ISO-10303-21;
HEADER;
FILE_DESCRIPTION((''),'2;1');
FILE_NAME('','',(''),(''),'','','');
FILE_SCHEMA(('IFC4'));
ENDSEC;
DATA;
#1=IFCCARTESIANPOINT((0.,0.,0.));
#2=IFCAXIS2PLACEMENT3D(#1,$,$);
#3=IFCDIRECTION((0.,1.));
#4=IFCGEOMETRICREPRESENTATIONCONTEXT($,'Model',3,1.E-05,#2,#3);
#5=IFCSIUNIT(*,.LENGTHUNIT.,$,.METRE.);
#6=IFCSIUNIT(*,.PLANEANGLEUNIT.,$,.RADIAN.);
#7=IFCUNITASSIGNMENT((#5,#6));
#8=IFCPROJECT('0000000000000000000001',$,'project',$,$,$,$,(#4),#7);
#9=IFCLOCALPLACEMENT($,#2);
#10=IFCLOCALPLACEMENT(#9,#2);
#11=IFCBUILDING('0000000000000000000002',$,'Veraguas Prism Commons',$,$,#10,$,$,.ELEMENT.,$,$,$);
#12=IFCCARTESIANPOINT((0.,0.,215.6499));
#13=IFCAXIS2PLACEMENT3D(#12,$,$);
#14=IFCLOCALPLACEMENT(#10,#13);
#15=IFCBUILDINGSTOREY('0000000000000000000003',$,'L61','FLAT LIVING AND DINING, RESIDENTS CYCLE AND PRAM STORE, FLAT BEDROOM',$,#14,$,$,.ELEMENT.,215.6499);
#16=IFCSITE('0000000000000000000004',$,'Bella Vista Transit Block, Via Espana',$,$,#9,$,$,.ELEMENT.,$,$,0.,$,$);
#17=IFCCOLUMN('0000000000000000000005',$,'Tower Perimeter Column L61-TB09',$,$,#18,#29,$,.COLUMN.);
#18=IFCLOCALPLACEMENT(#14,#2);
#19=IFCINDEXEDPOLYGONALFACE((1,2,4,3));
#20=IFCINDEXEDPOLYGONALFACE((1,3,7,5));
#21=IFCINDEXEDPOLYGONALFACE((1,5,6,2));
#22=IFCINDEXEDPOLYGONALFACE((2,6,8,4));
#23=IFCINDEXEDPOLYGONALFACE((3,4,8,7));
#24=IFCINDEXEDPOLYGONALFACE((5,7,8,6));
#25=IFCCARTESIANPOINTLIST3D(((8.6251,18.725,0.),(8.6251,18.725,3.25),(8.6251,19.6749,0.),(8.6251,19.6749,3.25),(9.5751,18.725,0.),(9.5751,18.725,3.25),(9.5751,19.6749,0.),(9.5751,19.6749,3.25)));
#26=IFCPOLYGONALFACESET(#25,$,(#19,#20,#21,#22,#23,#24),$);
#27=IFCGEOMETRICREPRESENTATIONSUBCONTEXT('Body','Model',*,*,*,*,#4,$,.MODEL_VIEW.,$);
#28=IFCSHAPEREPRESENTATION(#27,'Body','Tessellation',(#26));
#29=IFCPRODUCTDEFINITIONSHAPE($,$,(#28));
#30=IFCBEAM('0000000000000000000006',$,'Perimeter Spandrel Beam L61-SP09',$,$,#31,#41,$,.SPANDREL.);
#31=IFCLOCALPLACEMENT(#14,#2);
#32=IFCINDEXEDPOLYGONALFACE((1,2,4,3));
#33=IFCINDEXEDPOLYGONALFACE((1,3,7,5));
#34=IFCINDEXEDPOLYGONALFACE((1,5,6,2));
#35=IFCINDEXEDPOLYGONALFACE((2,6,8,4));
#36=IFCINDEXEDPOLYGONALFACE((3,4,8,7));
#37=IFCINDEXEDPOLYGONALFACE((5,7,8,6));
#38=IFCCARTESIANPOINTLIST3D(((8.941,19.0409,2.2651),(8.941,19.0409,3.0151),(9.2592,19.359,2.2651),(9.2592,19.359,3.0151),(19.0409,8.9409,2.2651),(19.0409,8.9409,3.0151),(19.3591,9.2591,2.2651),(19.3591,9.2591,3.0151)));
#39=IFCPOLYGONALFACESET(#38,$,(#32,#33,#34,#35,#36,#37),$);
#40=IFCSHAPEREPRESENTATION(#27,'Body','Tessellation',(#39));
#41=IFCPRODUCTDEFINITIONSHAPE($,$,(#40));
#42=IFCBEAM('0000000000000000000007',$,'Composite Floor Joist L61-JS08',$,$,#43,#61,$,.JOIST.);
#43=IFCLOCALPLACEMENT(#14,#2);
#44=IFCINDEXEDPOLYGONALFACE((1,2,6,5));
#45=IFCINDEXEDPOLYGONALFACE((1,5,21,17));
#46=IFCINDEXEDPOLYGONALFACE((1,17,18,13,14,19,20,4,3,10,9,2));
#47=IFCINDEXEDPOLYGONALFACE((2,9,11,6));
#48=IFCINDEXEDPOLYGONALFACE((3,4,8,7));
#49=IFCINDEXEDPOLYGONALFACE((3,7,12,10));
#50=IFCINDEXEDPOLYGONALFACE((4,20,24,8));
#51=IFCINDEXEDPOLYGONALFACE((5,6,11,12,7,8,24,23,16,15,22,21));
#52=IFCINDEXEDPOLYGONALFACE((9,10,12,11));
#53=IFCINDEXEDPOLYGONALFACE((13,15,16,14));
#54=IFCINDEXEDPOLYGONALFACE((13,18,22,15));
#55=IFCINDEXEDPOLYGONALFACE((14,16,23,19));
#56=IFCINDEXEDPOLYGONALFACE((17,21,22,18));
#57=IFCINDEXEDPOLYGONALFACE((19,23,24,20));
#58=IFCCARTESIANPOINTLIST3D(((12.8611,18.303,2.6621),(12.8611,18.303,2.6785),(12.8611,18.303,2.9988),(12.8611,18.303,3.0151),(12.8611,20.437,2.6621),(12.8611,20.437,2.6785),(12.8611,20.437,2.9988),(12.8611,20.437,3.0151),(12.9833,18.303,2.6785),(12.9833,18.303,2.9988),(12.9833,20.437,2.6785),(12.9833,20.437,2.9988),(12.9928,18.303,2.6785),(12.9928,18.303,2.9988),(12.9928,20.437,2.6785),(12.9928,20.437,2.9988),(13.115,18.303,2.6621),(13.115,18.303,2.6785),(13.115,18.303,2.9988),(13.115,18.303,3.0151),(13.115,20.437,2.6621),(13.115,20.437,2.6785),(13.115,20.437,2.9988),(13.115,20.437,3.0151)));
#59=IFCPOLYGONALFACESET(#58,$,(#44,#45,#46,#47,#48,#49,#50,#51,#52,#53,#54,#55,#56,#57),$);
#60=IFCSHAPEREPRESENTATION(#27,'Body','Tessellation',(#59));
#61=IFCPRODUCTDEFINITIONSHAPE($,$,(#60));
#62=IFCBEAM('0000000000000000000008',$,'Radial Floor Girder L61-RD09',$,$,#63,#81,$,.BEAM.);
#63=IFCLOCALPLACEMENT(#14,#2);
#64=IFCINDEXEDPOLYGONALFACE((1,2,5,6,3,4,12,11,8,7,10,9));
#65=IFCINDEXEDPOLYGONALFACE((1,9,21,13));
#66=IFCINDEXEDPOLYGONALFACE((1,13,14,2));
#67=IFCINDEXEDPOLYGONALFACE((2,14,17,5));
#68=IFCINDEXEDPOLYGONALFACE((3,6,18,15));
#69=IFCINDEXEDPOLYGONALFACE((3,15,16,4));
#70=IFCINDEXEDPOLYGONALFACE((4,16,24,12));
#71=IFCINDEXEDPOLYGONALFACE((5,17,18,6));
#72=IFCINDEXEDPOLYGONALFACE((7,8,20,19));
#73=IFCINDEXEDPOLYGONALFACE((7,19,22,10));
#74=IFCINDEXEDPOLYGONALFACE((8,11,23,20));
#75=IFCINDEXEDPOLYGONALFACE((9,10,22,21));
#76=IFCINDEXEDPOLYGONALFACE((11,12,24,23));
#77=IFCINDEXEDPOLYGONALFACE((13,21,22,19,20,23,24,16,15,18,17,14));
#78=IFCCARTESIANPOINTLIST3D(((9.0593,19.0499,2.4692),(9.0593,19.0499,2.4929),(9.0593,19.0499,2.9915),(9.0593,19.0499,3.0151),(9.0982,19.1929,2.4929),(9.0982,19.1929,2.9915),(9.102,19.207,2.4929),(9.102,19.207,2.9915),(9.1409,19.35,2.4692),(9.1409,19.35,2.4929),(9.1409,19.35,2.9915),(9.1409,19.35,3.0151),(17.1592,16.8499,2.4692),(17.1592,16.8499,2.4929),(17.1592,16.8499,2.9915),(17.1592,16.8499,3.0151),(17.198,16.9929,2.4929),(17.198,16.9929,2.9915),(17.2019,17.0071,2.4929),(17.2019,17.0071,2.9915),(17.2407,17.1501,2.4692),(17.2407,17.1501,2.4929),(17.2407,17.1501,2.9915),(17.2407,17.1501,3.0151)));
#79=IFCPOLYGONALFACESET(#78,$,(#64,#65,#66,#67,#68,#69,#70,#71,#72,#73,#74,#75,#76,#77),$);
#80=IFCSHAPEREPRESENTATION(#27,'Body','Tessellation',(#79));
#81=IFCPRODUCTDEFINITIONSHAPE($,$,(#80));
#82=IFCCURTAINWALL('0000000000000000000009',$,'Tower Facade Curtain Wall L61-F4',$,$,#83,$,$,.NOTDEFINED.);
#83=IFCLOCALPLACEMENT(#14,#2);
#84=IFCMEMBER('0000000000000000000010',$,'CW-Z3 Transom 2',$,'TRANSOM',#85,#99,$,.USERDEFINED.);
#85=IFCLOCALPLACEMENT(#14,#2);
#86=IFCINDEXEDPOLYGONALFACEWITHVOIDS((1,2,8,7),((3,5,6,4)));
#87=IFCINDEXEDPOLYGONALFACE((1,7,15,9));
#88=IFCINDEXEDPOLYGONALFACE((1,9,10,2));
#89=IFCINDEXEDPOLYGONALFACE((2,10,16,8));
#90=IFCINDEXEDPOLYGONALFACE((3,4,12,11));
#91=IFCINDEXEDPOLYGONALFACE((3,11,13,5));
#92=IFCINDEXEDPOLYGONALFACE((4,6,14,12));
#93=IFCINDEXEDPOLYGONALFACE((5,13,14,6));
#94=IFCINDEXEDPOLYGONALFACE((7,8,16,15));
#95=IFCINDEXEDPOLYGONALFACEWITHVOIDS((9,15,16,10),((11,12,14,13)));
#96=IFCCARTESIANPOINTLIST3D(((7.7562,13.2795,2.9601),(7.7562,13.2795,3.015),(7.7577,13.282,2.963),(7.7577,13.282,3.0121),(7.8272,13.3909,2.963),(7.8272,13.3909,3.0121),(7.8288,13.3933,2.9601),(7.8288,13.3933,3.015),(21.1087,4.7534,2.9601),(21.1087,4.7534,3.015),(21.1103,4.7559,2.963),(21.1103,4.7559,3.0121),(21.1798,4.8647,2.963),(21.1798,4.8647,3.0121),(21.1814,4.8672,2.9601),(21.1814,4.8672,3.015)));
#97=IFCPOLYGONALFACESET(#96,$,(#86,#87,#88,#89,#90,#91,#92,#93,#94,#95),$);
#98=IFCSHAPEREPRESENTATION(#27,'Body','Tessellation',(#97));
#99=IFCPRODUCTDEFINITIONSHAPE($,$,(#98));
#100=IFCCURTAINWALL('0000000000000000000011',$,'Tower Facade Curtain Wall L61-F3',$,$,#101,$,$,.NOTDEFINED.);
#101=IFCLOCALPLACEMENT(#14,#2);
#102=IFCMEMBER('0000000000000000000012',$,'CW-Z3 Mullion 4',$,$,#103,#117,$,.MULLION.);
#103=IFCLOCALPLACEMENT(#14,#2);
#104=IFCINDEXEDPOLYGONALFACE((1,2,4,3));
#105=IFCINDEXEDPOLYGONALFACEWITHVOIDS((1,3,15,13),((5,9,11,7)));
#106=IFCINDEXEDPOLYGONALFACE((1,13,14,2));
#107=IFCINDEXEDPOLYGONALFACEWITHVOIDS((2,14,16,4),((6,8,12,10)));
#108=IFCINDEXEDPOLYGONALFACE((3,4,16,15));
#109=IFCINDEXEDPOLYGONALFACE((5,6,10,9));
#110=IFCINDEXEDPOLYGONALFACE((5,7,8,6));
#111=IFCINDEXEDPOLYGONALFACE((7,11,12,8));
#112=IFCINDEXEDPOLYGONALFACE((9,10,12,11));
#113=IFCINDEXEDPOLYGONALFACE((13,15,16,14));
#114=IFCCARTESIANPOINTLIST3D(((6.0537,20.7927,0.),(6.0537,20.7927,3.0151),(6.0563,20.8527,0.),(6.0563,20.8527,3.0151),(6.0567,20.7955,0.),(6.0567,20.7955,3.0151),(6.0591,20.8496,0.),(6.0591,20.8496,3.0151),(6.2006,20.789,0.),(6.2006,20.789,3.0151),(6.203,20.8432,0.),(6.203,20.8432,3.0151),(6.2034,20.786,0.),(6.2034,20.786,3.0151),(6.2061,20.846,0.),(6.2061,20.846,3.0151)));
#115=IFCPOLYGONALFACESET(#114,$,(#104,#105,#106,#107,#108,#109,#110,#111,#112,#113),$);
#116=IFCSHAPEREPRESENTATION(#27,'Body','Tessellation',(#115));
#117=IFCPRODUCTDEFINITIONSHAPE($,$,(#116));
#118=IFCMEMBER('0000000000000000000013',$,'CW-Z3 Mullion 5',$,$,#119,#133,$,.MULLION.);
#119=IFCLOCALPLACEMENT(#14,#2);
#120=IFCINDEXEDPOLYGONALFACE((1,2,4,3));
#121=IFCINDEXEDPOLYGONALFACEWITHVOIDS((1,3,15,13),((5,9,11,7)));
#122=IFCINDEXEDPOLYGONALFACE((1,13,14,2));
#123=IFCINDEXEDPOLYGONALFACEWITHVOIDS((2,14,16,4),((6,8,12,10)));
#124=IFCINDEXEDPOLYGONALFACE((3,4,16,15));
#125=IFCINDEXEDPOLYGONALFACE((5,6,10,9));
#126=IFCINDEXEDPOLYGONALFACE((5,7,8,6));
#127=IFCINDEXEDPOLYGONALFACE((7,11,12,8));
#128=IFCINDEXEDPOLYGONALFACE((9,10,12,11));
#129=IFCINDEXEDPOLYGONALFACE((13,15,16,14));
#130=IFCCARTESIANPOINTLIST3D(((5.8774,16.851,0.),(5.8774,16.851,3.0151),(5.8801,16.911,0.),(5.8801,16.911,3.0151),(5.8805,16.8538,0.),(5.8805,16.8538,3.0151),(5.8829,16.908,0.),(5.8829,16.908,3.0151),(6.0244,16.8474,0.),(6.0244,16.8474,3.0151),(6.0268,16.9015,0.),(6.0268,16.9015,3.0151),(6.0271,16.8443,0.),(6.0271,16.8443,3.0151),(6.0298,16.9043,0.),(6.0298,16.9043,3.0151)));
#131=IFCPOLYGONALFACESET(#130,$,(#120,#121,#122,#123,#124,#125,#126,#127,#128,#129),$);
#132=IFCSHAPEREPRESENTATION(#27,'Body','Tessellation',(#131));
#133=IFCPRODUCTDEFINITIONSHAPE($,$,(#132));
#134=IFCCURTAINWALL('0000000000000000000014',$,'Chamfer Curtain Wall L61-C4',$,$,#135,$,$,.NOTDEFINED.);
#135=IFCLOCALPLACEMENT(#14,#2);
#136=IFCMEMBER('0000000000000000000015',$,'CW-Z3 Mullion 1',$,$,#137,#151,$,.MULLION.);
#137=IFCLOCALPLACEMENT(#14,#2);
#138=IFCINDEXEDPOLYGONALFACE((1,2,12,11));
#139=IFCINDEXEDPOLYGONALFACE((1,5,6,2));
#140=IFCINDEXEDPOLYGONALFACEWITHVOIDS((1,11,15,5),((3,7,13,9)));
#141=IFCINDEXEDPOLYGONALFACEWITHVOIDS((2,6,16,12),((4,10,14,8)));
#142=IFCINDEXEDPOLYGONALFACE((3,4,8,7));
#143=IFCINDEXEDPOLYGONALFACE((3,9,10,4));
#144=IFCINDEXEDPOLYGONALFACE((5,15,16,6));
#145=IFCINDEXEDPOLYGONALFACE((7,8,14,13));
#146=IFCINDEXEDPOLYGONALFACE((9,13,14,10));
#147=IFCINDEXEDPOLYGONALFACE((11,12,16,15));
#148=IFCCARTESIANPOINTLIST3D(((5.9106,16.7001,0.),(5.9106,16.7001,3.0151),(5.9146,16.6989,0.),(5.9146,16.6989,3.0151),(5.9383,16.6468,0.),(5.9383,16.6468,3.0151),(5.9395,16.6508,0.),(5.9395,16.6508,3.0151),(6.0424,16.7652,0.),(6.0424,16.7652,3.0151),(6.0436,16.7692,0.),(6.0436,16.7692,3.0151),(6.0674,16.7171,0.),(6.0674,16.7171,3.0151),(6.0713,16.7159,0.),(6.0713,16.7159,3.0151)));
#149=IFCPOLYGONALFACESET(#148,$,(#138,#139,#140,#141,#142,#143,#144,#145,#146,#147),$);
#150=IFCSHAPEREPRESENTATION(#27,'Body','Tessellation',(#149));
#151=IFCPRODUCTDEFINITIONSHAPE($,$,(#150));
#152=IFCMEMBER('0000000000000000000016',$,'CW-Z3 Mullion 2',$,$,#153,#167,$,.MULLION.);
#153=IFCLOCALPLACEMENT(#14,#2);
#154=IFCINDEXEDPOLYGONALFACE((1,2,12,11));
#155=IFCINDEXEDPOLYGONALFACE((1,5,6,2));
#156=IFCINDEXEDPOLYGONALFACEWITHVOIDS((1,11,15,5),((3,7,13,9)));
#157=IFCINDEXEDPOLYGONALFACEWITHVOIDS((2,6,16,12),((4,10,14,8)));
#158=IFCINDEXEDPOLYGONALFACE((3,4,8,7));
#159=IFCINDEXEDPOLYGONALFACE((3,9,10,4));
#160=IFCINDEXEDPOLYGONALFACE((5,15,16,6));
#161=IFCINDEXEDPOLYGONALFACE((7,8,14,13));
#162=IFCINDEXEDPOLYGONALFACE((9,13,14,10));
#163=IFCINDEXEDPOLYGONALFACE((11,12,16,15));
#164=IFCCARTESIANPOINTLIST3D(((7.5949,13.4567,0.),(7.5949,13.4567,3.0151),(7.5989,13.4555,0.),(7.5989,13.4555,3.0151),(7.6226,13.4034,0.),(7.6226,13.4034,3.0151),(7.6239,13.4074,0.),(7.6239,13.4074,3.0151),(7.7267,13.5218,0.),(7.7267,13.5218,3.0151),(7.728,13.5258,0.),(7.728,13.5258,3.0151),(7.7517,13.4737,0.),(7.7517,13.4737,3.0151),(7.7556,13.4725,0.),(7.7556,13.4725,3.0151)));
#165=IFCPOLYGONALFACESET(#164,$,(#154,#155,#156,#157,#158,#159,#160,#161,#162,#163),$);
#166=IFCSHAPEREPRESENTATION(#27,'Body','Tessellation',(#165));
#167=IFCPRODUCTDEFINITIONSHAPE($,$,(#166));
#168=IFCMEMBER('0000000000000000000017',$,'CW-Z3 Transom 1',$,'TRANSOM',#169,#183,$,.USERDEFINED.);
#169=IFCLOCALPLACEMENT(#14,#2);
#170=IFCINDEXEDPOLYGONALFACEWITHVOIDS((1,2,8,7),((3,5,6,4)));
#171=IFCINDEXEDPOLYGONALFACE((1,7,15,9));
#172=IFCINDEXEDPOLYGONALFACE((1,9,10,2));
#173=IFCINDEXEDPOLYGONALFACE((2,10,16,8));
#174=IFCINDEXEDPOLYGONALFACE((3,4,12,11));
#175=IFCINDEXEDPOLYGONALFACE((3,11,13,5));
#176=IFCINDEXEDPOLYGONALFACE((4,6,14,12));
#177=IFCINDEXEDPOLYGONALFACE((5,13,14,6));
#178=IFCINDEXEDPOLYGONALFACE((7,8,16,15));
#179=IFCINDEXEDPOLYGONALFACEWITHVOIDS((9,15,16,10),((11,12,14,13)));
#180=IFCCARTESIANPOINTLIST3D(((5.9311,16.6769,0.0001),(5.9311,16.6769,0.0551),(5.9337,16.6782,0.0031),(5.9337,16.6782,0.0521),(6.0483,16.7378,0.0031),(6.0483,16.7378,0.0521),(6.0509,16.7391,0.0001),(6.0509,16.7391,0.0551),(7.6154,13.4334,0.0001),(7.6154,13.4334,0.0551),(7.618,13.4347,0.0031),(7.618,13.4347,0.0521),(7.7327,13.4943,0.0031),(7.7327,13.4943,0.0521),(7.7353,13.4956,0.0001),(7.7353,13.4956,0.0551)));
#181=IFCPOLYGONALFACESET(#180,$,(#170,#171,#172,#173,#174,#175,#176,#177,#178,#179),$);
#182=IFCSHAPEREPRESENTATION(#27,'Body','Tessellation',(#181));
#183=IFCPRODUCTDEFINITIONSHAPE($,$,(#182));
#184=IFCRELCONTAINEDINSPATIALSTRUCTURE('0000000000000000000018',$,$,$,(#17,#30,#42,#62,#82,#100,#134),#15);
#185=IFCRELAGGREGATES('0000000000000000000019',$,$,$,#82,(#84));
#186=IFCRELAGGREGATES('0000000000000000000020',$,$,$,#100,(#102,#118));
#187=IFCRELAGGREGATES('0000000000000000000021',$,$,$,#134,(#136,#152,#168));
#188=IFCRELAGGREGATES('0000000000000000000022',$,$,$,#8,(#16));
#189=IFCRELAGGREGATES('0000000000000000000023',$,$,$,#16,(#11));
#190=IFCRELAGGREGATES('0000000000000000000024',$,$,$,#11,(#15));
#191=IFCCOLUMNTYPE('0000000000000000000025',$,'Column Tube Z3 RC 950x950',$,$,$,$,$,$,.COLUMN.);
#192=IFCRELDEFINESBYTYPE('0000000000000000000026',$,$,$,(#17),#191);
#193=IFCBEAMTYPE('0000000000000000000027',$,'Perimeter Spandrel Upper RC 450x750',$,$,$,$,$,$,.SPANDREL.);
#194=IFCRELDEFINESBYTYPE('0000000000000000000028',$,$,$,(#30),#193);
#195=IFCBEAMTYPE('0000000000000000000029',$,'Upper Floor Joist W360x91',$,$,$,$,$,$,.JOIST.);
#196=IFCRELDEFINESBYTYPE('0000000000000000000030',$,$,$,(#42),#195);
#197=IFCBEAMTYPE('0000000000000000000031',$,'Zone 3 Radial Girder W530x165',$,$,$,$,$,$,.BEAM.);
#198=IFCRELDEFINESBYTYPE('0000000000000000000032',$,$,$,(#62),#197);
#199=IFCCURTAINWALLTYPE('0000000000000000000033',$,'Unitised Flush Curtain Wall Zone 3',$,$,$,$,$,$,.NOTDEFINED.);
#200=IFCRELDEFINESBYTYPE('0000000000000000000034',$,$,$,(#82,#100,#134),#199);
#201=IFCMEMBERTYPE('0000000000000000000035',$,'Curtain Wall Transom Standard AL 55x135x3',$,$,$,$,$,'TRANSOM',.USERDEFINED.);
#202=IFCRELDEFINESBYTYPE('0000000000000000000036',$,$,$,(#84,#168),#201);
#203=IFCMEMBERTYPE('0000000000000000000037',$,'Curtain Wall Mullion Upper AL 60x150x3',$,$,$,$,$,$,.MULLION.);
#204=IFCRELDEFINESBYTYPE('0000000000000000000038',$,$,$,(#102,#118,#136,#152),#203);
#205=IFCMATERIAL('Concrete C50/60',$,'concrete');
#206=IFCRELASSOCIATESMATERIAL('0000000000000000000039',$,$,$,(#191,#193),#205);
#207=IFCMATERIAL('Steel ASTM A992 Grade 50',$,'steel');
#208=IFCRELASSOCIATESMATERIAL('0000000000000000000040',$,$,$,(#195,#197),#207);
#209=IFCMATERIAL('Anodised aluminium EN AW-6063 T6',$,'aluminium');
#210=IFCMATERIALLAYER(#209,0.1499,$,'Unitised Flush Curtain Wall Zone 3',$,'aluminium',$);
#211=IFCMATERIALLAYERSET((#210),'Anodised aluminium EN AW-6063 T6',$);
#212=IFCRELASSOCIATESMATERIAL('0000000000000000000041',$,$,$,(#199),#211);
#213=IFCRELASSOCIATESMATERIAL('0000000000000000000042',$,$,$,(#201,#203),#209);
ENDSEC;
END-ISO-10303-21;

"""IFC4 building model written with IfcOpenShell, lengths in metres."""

from ifc_helpers import new_model, si_unit, direction, frame, origin, origin_2d, place, context, subcontext, project, spatial, rectangle, hollow_rectangle, i_section, extrude, source, transform, mapped, material, layer, layer_set, material_profile, profile_set, type_object, element, aggregate, save


model = new_model("IFC4")

# Units and contexts
model_context = context("Model", 3, precision=1e-05, world=origin(), true_north=direction((0.0, 1.0)))
body_context = subcontext(model_context, "Body", "Model", "MODEL_VIEW")
ifc_project = project(units=[si_unit("LENGTHUNIT", "METRE"), si_unit("PLANEANGLEUNIT", "RADIAN")], contexts=[model_context])

# Site, building, storey
site_placement = place(None, origin())
site = spatial("IfcSite", under=ifc_project, at=site_placement, Name="Bella Vista Transit Block, Via Espana", CompositionType="ELEMENT", RefElevation=0.0)
building_placement = place(site_placement, origin())
building = spatial("IfcBuilding", under=site, at=building_placement, Name="Veraguas Prism Commons", CompositionType="ELEMENT")
storey_placement = place(building_placement, frame((0.0, 0.0, 215.6499)))
storey = spatial("IfcBuildingStorey", under=building, at=storey_placement, Name="L61", Description="FLAT LIVING AND DINING, RESIDENTS CYCLE AND PRAM STORE, FLAT BEDROOM", CompositionType="ELEMENT", Elevation=215.6499)

# Column
ifc_material_1 = material(Name="Concrete C50/60", Category="concrete")
ifc_material_profile_1 = material_profile(ifc_material_1, rectangle(XDim=0.95, YDim=0.95, at=origin_2d()), Name="RC950X950")
ifc_profile_set_1 = profile_set([ifc_material_profile_1], Name="Concrete C50/60")
column_type = type_object("IfcColumnType", Name="Column Tube Z3 RC 950x950", PredefinedType="COLUMN", material=ifc_profile_set_1)
column_placement = place(storey_placement, frame((9.1001, 19.2, 0.0), z_axis=(0.0, 0.0, 1.0), x_axis=(1.0, 0.0, 0.0)))
element("IfcColumn", 1, at=column_placement, inside=storey, type_object=column_type, Name="Tower Perimeter Column L61-TB09", PredefinedType="COLUMN", context=body_context, shape_type="SweptSolid", body=[
    extrude(rectangle(XDim=0.95, YDim=0.95, at=origin_2d()), origin(), (0.0, 0.0, 1.0), 3.25),
])

# Beams
ifc_material_profile_2 = material_profile(ifc_material_1, rectangle(XDim=0.45, YDim=0.75, at=origin_2d()), Name="RC450X750")
ifc_profile_set_2 = profile_set([ifc_material_profile_2], Name="Concrete C50/60")
beam_type_1 = type_object("IfcBeamType", Name="Perimeter Spandrel Upper RC 450x750", PredefinedType="SPANDREL", material=ifc_profile_set_2)
beam_1_placement = place(storey_placement, frame((9.1001, 19.2, 2.6401), z_axis=(0.707107, -0.707107, 0.0), x_axis=(0.707107, 0.707107, 0.0)))
element("IfcBeam", 2, at=beam_1_placement, inside=storey, type_object=beam_type_1, Name="Perimeter Spandrel Beam L61-SP09", PredefinedType="SPANDREL", context=body_context, shape_type="SweptSolid", body=[
    extrude(rectangle(XDim=0.45, YDim=0.75, at=origin_2d()), origin(), (0.0, 0.0, 1.0), 14.2834),
])
ifc_material_2 = material(Name="Steel ASTM A992 Grade 50", Category="steel")
ifc_material_profile_3 = material_profile(ifc_material_2, i_section(OverallWidth=0.2539, OverallDepth=0.353, WebThickness=0.0095, FlangeThickness=0.0164, at=origin_2d()), Name="W360X91")
ifc_profile_set_3 = profile_set([ifc_material_profile_3], Name="Steel ASTM A992 Grade 50")
beam_type_2 = type_object("IfcBeamType", Name="Upper Floor Joist W360x91", PredefinedType="JOIST", material=ifc_profile_set_3)
beam_2_placement = place(storey_placement, frame((12.988, 20.437, 2.8386), z_axis=(0.0, -1.0, 0.0), x_axis=(1.0, 0.0, 0.0)))
element("IfcBeam", 3, at=beam_2_placement, inside=storey, type_object=beam_type_2, Name="Composite Floor Joist L61-JS08", PredefinedType="JOIST", context=body_context, shape_type="SweptSolid", body=[
    extrude(i_section(OverallWidth=0.2539, OverallDepth=0.353, WebThickness=0.0095, FlangeThickness=0.0164, at=origin_2d()), origin(), (0.0, 0.0, 1.0), 2.134),
])
ifc_material_profile_4 = material_profile(ifc_material_2, i_section(OverallWidth=0.311, OverallDepth=0.5459, WebThickness=0.0146, FlangeThickness=0.0237, at=origin_2d()), Name="W530X165")
ifc_profile_set_4 = profile_set([ifc_material_profile_4], Name="Steel ASTM A992 Grade 50")
beam_type_3 = type_object("IfcBeamType", Name="Zone 3 Radial Girder W530x165", PredefinedType="BEAM", material=ifc_profile_set_4)
beam_3_placement = place(storey_placement, frame((9.1001, 19.2, 2.7422), z_axis=(0.965039, -0.262108, 0.0), x_axis=(0.262108, 0.965039, 0.0)))
element("IfcBeam", 4, at=beam_3_placement, inside=storey, type_object=beam_type_3, Name="Radial Floor Girder L61-RD09", PredefinedType="BEAM", context=body_context, shape_type="SweptSolid", body=[
    extrude(i_section(OverallWidth=0.311, OverallDepth=0.5459, WebThickness=0.0146, FlangeThickness=0.0237, at=origin_2d()), origin(), (0.0, 0.0, 1.0), 8.3933),
])

# Curtain wall, member
ifc_material_3 = material(Name="Anodised aluminium EN AW-6063 T6", Category="aluminium")
ifc_layer_1 = layer(ifc_material_3, 0.1499, Name="Unitised Flush Curtain Wall Zone 3", Category="aluminium")
ifc_layer_set_1 = layer_set([ifc_layer_1], Name="Anodised aluminium EN AW-6063 T6")
curtain_wall_type = type_object("IfcCurtainWallType", Name="Unitised Flush Curtain Wall Zone 3", PredefinedType="NOTDEFINED", material=ifc_layer_set_1)
curtain_wall_1_placement = place(storey_placement, origin())
curtain_wall_1 = element("IfcCurtainWall", 5, at=curtain_wall_1_placement, inside=storey, type_object=curtain_wall_type, Name="Tower Facade Curtain Wall L61-F4", PredefinedType="NOTDEFINED")
ifc_material_profile_5 = material_profile(ifc_material_3, hollow_rectangle(XDim=0.0549, YDim=0.135, WallThickness=0.0029, at=origin_2d()), Name="AL55X135X3")
ifc_profile_set_5 = profile_set([ifc_material_profile_5], Name="Anodised aluminium EN AW-6063 T6")
member_type_1 = type_object("IfcMemberType", Name="Curtain Wall Transom Standard AL 55x135x3", ElementType="TRANSOM", PredefinedType="USERDEFINED", material=ifc_profile_set_5)
shared_shape_1 = source(origin(), body_context, "Body", "SweptSolid", [
    extrude(hollow_rectangle(XDim=0.0549, YDim=0.135, WallThickness=0.0029, at=origin_2d()), origin(), (0.0, 0.0, 1.0), 15.8425),
])
member_1_placement = place(storey_placement, frame((7.7925, 13.3364, 2.9875), z_axis=(0.84283, -0.53818, 0.0), x_axis=(0.0, 0.0, 1.0)))
member_1 = element("IfcMember", 6, at=member_1_placement, type_object=member_type_1, Name="CW-Z3 Transom 2", ObjectType="TRANSOM", PredefinedType="USERDEFINED", context=body_context, shape_type="MappedRepresentation", body=[
    mapped(shared_shape_1, transform((0.0, 0.0, 0.0), scale=1.0)),
])
aggregate(curtain_wall_1, [member_1])

# Curtain walls, members
curtain_wall_2_placement = place(storey_placement, origin())
curtain_wall_2 = element("IfcCurtainWall", 7, at=curtain_wall_2_placement, inside=storey, type_object=curtain_wall_type, Name="Tower Facade Curtain Wall L61-F3", PredefinedType="NOTDEFINED")
ifc_material_profile_6 = material_profile(ifc_material_3, hollow_rectangle(XDim=0.0601, YDim=0.1499, WallThickness=0.0029, at=origin_2d()), Name="AL60X150X3")
ifc_profile_set_6 = profile_set([ifc_material_profile_6], Name="Anodised aluminium EN AW-6063 T6")
member_type_2 = type_object("IfcMemberType", Name="Curtain Wall Mullion Upper AL 60x150x3", PredefinedType="MULLION", material=ifc_profile_set_6)
shared_shape_2 = source(origin(), body_context, "Body", "SweptSolid", [
    extrude(hollow_rectangle(XDim=0.0601, YDim=0.1499, WallThickness=0.0029, at=origin_2d()), origin(), (0.0, 0.0, 1.0), 3.0151),
])
member_2_placement = place(storey_placement, frame((6.1299, 20.8193, 0.0), z_axis=(0.0, 0.0, 1.0), x_axis=(-0.044666, -0.999002, 0.0)))
member_2 = element("IfcMember", 8, at=member_2_placement, type_object=member_type_2, Name="CW-Z3 Mullion 4", PredefinedType="MULLION", context=body_context, shape_type="MappedRepresentation", body=[
    mapped(shared_shape_2, transform((0.0, 0.0, 0.0), scale=1.0)),
])
member_3_placement = place(storey_placement, frame((5.9536, 16.8777, 0.0), z_axis=(0.0, 0.0, 1.0), x_axis=(-0.044666, -0.999002, 0.0)))
member_3 = element("IfcMember", 9, at=member_3_placement, type_object=member_type_2, Name="CW-Z3 Mullion 5", PredefinedType="MULLION", context=body_context, shape_type="MappedRepresentation", body=[
    mapped(shared_shape_2, transform((0.0, 0.0, 0.0), scale=1.0)),
])
curtain_wall_3_placement = place(storey_placement, origin())
curtain_wall_3 = element("IfcCurtainWall", 10, at=curtain_wall_3_placement, inside=storey, type_object=curtain_wall_type, Name="Chamfer Curtain Wall L61-C4", PredefinedType="NOTDEFINED")
member_4_placement = place(storey_placement, frame((5.991, 16.708, 0.0), z_axis=(0.0, 0.0, 1.0), x_axis=(0.460837, -0.887485, 0.0)))
member_4 = element("IfcMember", 11, at=member_4_placement, type_object=member_type_2, Name="CW-Z3 Mullion 1", PredefinedType="MULLION", context=body_context, shape_type="MappedRepresentation", body=[
    mapped(shared_shape_2, transform((0.0, 0.0, 0.0), scale=1.0)),
])
member_5_placement = place(storey_placement, frame((7.6753, 13.4646, 0.0), z_axis=(0.0, 0.0, 1.0), x_axis=(0.460837, -0.887485, 0.0)))
member_5 = element("IfcMember", 12, at=member_5_placement, type_object=member_type_2, Name="CW-Z3 Mullion 2", PredefinedType="MULLION", context=body_context, shape_type="MappedRepresentation", body=[
    mapped(shared_shape_2, transform((0.0, 0.0, 0.0), scale=1.0)),
])
shared_shape_3 = source(origin(), body_context, "Body", "SweptSolid", [
    extrude(hollow_rectangle(XDim=0.0549, YDim=0.135, WallThickness=0.0029, at=origin_2d()), origin(), (0.0, 0.0, 1.0), 3.6548),
])
member_6_placement = place(storey_placement, frame((5.991, 16.708, 0.0276), z_axis=(0.460869, -0.887468, 0.0), x_axis=(0.0, 0.0, 1.0)))
member_6 = element("IfcMember", 13, at=member_6_placement, type_object=member_type_1, Name="CW-Z3 Transom 1", ObjectType="TRANSOM", PredefinedType="USERDEFINED", context=body_context, shape_type="MappedRepresentation", body=[
    mapped(shared_shape_3, transform((0.0, 0.0, 0.0), scale=1.0)),
])

aggregate(curtain_wall_2, [member_2, member_3])
aggregate(curtain_wall_3, [member_4, member_5, member_6])

save(model, "model.ifc")
